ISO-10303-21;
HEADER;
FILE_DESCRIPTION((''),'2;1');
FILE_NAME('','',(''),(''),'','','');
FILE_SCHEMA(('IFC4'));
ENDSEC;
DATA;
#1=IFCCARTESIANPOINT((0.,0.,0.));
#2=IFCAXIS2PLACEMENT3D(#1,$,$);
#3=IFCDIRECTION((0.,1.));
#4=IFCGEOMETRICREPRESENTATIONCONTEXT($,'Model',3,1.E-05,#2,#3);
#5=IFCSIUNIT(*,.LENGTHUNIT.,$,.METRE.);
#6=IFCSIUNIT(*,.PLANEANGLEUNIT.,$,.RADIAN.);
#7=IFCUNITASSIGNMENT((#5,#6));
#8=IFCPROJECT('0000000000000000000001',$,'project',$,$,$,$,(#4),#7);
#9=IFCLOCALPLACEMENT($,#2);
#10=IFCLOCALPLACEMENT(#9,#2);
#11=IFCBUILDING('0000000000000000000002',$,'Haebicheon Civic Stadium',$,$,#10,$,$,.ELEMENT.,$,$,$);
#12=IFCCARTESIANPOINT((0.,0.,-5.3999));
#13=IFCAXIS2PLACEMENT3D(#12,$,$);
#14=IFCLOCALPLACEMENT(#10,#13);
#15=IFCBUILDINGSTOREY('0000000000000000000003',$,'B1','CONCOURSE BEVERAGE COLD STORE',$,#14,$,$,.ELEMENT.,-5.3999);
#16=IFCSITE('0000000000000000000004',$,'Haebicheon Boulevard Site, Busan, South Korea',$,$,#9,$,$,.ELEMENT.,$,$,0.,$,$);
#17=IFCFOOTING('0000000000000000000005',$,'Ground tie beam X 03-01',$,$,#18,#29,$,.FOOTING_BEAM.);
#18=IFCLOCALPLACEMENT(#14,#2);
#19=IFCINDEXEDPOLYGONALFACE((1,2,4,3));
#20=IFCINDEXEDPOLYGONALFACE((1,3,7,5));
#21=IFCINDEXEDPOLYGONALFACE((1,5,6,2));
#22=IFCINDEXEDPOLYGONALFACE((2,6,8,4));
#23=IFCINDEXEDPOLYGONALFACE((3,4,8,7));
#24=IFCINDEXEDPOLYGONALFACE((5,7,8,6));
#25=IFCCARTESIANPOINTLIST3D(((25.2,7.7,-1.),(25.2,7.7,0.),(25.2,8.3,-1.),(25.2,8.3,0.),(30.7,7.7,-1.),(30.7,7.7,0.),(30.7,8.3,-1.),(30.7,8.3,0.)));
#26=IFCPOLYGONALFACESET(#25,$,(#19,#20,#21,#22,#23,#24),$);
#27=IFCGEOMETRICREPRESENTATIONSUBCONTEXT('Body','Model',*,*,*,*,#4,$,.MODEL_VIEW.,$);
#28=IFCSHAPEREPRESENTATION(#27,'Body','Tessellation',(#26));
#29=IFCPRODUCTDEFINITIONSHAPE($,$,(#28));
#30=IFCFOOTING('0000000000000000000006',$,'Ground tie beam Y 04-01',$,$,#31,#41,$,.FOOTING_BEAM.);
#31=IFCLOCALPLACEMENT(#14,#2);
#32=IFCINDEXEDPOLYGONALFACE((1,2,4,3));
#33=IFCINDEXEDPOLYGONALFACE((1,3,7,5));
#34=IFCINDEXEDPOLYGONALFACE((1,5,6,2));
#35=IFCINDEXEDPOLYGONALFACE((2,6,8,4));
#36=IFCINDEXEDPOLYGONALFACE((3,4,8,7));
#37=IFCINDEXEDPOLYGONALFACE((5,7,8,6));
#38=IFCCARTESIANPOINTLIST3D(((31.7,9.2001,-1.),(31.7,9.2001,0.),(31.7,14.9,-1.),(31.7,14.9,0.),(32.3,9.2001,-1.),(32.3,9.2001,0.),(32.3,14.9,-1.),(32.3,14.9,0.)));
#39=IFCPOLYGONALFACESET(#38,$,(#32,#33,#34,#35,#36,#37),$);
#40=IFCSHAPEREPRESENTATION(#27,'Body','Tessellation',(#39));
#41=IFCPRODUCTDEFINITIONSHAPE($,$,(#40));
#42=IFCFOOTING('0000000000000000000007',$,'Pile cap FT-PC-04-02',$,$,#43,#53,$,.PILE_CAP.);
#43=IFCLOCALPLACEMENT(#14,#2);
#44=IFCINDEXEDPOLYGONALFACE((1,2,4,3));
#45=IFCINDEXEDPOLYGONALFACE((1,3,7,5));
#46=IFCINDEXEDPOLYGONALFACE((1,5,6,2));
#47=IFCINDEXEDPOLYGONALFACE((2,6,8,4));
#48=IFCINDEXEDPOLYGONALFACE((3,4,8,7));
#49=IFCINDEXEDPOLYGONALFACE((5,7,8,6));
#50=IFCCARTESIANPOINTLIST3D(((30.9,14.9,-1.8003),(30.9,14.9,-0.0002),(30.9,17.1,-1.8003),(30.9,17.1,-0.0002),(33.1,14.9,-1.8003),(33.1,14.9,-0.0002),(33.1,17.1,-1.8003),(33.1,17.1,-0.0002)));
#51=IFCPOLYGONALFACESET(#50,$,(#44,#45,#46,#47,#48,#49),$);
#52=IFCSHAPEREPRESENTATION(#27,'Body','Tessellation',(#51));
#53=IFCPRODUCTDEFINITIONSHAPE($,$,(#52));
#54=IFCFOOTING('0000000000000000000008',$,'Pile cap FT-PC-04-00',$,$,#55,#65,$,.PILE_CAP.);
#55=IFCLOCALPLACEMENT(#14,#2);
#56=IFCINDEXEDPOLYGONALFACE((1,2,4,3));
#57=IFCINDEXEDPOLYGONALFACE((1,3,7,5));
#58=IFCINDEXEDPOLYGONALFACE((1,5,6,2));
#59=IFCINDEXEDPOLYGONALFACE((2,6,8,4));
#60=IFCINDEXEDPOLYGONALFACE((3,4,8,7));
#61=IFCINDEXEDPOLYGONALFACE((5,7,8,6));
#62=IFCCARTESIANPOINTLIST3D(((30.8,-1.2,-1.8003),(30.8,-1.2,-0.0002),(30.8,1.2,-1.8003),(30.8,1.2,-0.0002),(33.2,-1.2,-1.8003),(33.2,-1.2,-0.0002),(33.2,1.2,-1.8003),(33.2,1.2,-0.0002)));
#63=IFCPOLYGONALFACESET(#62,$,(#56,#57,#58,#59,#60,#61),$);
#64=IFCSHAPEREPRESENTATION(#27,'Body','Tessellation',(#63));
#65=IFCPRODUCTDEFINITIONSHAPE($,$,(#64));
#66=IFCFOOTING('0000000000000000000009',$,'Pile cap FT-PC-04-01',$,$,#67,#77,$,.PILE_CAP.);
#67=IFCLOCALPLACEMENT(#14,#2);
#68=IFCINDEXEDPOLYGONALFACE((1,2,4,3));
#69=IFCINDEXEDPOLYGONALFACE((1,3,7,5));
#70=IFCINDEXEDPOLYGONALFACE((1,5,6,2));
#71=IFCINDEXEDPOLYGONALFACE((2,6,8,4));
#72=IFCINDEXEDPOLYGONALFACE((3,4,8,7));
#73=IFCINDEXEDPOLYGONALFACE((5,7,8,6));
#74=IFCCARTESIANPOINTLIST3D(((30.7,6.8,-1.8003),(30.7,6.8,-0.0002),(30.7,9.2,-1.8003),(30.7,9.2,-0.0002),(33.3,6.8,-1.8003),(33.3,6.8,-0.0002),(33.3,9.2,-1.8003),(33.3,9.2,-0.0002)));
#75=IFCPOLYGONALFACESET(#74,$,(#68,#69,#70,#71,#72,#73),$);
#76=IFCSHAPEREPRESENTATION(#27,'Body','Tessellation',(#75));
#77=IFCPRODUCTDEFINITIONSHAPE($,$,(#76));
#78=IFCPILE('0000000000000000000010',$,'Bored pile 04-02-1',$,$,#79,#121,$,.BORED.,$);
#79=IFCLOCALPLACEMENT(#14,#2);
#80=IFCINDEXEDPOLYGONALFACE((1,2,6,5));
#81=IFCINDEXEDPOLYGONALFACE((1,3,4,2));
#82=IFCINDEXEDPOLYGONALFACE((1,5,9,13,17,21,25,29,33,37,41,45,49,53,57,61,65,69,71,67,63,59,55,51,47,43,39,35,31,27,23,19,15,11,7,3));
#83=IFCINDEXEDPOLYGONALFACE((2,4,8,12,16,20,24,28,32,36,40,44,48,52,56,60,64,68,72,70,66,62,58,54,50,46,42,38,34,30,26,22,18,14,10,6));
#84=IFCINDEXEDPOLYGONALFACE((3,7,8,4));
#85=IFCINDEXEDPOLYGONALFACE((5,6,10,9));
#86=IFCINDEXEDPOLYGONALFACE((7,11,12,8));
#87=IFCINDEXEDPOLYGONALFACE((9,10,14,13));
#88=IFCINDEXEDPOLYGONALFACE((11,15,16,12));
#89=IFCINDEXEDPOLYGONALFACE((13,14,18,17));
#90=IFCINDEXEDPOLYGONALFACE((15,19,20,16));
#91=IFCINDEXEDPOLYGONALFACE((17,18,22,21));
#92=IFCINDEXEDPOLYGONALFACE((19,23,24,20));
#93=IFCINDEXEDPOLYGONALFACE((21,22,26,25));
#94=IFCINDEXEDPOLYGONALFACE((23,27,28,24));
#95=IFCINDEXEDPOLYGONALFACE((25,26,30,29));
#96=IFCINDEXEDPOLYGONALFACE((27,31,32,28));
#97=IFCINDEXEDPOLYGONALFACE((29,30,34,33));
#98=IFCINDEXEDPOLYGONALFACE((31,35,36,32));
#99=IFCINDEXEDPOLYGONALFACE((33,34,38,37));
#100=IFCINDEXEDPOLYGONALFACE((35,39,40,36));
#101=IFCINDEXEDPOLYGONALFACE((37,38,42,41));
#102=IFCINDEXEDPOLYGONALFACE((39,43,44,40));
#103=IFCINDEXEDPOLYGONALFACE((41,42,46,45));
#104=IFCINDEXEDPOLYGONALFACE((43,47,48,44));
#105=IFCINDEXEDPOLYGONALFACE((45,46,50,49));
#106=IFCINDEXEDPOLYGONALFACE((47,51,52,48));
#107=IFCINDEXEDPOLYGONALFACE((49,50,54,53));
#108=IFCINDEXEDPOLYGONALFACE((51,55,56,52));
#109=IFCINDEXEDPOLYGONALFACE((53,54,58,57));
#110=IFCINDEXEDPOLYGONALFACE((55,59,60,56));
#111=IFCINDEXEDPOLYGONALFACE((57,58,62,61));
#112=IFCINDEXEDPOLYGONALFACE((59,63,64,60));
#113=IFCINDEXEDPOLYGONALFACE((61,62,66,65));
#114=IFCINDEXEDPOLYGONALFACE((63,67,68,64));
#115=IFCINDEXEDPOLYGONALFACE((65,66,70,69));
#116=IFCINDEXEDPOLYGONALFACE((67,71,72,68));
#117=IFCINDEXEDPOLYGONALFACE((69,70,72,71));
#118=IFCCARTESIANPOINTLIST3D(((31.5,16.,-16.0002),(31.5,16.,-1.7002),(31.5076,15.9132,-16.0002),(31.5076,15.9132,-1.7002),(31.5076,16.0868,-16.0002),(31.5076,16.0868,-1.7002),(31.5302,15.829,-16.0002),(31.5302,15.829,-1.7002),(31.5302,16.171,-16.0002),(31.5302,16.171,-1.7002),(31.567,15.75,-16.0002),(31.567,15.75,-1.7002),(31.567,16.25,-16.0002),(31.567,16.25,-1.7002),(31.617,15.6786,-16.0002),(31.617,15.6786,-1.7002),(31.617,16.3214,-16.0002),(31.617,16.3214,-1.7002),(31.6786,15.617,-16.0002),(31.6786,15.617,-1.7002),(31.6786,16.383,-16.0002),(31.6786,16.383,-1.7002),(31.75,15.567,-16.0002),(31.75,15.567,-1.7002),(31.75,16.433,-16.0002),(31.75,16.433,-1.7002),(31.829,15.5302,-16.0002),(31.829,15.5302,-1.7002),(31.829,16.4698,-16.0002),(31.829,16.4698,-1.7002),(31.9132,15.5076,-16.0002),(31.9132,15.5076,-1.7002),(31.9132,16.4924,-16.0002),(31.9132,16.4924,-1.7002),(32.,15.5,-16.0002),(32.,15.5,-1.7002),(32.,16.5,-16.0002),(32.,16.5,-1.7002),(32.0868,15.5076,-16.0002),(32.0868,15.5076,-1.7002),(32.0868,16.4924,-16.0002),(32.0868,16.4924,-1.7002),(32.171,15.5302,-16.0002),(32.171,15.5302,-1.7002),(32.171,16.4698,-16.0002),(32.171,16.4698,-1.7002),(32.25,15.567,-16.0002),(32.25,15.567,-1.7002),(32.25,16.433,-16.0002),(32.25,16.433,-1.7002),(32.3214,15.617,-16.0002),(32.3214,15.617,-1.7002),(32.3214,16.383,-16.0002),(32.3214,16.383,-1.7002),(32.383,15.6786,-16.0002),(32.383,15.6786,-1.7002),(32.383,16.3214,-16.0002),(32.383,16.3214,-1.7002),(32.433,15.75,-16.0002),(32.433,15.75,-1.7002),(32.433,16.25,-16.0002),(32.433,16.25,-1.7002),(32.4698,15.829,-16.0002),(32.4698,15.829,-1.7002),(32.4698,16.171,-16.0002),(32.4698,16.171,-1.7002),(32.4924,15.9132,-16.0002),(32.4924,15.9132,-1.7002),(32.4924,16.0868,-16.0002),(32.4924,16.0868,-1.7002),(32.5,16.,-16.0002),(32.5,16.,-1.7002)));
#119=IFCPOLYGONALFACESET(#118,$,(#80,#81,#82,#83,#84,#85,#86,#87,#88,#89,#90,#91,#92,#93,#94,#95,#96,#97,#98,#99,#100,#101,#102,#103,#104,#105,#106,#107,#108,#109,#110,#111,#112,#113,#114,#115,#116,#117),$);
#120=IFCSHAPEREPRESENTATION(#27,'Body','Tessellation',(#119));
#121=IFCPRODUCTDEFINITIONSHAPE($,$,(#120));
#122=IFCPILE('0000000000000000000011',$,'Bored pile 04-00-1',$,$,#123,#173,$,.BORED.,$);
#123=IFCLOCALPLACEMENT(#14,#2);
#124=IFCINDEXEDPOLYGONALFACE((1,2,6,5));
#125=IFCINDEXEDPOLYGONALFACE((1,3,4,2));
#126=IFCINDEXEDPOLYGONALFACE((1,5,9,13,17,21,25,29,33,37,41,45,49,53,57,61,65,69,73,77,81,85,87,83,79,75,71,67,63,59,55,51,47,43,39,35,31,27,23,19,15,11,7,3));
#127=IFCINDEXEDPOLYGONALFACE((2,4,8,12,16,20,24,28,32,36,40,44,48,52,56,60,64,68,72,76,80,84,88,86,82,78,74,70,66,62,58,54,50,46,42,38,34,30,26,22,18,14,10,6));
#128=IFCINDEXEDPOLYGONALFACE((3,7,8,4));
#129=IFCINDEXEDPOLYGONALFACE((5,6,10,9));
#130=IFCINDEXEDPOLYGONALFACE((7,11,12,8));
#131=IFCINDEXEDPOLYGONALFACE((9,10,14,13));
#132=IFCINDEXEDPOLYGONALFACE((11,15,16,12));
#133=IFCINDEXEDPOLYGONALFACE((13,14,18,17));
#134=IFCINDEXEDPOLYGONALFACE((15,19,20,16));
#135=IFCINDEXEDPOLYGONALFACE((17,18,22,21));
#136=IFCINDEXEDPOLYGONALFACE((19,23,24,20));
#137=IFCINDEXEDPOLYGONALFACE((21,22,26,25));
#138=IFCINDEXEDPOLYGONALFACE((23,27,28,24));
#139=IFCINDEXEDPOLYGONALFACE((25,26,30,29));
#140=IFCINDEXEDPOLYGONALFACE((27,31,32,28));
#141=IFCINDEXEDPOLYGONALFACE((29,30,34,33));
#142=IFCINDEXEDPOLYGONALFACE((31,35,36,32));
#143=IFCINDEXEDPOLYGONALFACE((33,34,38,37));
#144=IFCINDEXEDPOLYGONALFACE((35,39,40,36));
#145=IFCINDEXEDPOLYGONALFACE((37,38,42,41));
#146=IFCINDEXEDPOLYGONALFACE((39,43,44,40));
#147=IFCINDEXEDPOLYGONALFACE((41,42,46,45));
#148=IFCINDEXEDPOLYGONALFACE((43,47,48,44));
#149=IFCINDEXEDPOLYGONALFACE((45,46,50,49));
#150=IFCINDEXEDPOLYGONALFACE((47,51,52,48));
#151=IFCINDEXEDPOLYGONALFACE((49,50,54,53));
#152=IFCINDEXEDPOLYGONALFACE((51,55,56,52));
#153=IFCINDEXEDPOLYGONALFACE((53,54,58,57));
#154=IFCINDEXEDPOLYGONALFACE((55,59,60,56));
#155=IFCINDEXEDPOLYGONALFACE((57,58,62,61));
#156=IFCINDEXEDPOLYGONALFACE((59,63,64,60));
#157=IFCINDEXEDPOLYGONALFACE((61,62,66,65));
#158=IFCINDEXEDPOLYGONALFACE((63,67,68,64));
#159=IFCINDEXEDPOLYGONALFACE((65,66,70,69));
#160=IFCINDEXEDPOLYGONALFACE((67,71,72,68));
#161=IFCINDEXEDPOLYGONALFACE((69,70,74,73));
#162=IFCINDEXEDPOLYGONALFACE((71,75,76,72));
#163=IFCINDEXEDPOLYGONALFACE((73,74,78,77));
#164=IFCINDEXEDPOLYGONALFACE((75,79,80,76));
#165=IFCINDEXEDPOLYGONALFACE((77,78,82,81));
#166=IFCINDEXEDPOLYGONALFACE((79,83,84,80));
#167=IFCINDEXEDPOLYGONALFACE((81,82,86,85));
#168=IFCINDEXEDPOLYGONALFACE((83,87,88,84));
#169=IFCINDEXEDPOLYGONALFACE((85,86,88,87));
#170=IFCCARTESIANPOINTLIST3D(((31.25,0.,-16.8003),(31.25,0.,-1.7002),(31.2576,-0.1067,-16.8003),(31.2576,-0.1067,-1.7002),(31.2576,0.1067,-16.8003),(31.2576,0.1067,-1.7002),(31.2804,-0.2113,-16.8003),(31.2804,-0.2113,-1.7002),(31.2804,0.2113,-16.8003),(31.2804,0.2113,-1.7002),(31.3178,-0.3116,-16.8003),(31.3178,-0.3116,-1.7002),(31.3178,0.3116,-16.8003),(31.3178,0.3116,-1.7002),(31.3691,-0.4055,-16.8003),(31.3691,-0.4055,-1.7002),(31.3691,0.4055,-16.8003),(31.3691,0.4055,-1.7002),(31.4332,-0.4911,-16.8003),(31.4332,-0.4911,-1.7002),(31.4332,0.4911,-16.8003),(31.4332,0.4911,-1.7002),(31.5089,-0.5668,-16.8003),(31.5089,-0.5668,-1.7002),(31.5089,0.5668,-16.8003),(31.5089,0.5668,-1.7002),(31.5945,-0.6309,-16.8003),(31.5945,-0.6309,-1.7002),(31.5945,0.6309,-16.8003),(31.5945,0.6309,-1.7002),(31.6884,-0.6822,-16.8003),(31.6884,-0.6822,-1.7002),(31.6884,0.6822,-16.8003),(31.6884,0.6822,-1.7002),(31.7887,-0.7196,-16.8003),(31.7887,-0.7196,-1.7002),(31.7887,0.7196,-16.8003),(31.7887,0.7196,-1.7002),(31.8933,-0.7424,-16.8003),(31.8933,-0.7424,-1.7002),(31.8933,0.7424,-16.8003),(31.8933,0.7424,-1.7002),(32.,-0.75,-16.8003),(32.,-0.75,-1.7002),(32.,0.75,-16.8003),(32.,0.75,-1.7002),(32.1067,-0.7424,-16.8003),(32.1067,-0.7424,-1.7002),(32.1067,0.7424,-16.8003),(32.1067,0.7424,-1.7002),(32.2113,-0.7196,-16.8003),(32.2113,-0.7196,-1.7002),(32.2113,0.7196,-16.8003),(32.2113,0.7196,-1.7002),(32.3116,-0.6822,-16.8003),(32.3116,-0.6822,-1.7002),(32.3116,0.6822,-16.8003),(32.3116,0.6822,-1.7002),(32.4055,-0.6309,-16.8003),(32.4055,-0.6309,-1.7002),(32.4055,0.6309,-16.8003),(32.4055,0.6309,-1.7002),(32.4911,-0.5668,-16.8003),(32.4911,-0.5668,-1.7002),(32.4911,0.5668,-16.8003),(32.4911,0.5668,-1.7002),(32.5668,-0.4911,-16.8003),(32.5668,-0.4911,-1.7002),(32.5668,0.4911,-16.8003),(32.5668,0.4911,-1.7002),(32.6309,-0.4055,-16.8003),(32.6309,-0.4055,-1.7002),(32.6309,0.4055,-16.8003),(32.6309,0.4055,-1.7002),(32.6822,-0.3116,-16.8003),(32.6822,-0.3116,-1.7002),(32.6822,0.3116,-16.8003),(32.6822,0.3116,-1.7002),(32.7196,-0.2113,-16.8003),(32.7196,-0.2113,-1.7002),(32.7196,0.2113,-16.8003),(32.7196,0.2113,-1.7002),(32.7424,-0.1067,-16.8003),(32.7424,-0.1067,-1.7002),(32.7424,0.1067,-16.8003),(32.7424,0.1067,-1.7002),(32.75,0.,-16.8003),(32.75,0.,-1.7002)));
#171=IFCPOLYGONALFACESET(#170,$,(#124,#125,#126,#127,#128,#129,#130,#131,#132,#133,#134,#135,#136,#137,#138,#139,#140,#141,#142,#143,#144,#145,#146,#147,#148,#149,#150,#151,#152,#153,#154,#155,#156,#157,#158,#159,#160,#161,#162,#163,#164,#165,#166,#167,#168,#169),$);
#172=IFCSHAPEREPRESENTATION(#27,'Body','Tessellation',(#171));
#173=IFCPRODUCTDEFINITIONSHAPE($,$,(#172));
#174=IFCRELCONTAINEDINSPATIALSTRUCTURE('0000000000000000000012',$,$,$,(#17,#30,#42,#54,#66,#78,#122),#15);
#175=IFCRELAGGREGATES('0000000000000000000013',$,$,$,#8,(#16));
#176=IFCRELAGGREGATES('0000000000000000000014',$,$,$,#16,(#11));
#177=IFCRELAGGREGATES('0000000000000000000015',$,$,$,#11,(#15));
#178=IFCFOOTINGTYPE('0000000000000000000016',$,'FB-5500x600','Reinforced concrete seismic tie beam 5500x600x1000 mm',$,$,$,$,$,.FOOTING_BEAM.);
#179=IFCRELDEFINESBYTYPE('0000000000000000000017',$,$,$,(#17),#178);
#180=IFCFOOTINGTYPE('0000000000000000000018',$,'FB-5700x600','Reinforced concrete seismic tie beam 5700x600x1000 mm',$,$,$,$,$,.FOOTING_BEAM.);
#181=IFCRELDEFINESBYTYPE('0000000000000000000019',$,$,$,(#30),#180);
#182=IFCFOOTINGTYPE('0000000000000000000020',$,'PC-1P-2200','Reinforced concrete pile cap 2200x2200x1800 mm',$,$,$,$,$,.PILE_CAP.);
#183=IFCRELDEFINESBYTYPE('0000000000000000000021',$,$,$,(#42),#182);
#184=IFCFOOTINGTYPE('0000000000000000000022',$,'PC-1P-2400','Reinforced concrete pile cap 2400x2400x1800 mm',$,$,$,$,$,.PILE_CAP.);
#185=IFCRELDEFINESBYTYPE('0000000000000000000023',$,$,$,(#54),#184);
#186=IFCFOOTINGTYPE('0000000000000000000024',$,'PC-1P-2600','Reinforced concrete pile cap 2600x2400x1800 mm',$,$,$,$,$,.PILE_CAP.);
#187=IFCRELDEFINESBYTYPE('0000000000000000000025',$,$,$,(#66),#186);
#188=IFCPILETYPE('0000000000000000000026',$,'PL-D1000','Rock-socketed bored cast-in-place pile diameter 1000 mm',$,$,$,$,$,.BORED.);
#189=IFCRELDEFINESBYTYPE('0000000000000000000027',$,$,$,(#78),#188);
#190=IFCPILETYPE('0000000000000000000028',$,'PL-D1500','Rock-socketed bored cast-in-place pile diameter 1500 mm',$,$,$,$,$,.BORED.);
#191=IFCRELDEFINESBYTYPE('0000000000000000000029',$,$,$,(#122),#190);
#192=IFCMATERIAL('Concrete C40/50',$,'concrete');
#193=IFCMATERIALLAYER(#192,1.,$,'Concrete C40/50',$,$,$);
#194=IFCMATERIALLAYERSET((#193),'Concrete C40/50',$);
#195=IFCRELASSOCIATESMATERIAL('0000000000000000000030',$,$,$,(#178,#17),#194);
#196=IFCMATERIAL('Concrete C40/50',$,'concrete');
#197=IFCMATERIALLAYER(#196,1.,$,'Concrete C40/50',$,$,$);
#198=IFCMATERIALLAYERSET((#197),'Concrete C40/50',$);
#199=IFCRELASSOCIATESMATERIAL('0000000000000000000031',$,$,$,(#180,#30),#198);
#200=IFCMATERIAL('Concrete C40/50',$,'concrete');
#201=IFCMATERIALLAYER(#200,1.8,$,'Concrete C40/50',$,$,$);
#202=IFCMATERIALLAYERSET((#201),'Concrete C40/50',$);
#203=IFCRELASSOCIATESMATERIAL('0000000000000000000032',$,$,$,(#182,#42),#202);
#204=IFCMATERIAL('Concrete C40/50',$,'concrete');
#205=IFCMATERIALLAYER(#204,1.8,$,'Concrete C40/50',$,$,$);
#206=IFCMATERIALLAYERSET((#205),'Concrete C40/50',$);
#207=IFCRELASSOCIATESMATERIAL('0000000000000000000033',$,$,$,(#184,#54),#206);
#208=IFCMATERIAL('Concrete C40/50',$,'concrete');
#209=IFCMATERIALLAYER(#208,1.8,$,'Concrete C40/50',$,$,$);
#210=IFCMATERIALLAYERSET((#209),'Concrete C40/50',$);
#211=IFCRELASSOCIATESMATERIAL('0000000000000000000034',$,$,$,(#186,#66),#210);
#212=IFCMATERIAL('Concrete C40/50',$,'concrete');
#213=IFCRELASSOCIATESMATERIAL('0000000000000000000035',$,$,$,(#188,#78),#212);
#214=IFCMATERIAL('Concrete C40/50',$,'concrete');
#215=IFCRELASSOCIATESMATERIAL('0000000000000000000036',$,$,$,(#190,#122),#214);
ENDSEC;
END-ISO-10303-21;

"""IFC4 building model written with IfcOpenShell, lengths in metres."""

from ifc_helpers import new_model, si_unit, direction, frame, origin, origin_2d, place, context, subcontext, project, spatial, rectangle, circle, extrude, material, layer, layer_set, material_profile, profile_set, type_object, element, save


model = new_model("IFC4")

# Units and contexts
model_context = context("Model", 3, precision=1e-05, world=origin(), true_north=direction((0.0, 1.0)))
body_context = subcontext(model_context, "Body", "Model", "MODEL_VIEW")
ifc_project = project(units=[si_unit("LENGTHUNIT", "METRE"), si_unit("PLANEANGLEUNIT", "RADIAN")], contexts=[model_context])

# Site, building, storey
site_placement = place(None, origin())
site = spatial("IfcSite", under=ifc_project, at=site_placement, Name="Haebicheon Boulevard Site, Busan, South Korea", CompositionType="ELEMENT", RefElevation=0.0)
building_placement = place(site_placement, origin())
building = spatial("IfcBuilding", under=site, at=building_placement, Name="Haebicheon Civic Stadium", CompositionType="ELEMENT")
storey_placement = place(building_placement, frame((0.0, 0.0, -5.3999)))
storey = spatial("IfcBuildingStorey", under=building, at=storey_placement, Name="B1", Description="CONCOURSE BEVERAGE COLD STORE", CompositionType="ELEMENT", Elevation=-5.3999)

# Footings
ifc_material_1 = material(Name="Concrete C40/50", Category="concrete")
ifc_layer_1 = layer(ifc_material_1, 1.0, Name="Concrete C40/50")
ifc_layer_set_1 = layer_set([ifc_layer_1], Name="Concrete C40/50")
footing_type_1 = type_object("IfcFootingType", Name="FB-5500x600", Description="Reinforced concrete seismic tie beam 5500x600x1000 mm", PredefinedType="FOOTING_BEAM", material=ifc_layer_set_1)
footing_1_placement = place(storey_placement, frame((27.95, 8.0, -1.0), z_axis=(0.0, 0.0, 1.0), x_axis=(1.0, 0.0, 0.0)))
element("IfcFooting", 1, at=footing_1_placement, inside=storey, type_object=footing_type_1, material=ifc_layer_set_1, Name="Ground tie beam X 03-01", PredefinedType="FOOTING_BEAM", context=body_context, shape_type="SweptSolid", body=[
    extrude(rectangle(XDim=5.5, YDim=0.6001, at=origin_2d()), origin(), (0.0, 0.0, 1.0), 1.0),
])
ifc_material_2 = material(Name="Concrete C40/50", Category="concrete")
ifc_layer_2 = layer(ifc_material_2, 1.0, Name="Concrete C40/50")
ifc_layer_set_2 = layer_set([ifc_layer_2], Name="Concrete C40/50")
footing_type_2 = type_object("IfcFootingType", Name="FB-5700x600", Description="Reinforced concrete seismic tie beam 5700x600x1000 mm", PredefinedType="FOOTING_BEAM", material=ifc_layer_set_2)
footing_2_placement = place(storey_placement, frame((32.0, 12.05, -1.0), z_axis=(0.0, 0.0, 1.0), x_axis=(0.0, 1.0, 0.0)))
element("IfcFooting", 2, at=footing_2_placement, inside=storey, type_object=footing_type_2, material=ifc_layer_set_2, Name="Ground tie beam Y 04-01", PredefinedType="FOOTING_BEAM", context=body_context, shape_type="SweptSolid", body=[
    extrude(rectangle(XDim=5.7, YDim=0.6001, at=origin_2d()), origin(), (0.0, 0.0, 1.0), 1.0),
])
ifc_material_3 = material(Name="Concrete C40/50", Category="concrete")
ifc_layer_3 = layer(ifc_material_3, 1.8, Name="Concrete C40/50")
ifc_layer_set_3 = layer_set([ifc_layer_3], Name="Concrete C40/50")
footing_type_3 = type_object("IfcFootingType", Name="PC-1P-2200", Description="Reinforced concrete pile cap 2200x2200x1800 mm", PredefinedType="PILE_CAP", material=ifc_layer_set_3)
footing_3_placement = place(storey_placement, frame((32.0, 16.0, -1.8003), z_axis=(0.0, 0.0, 1.0), x_axis=(1.0, 0.0, 0.0)))
element("IfcFooting", 3, at=footing_3_placement, inside=storey, type_object=footing_type_3, material=ifc_layer_set_3, Name="Pile cap FT-PC-04-02", PredefinedType="PILE_CAP", context=body_context, shape_type="SweptSolid", body=[
    extrude(rectangle(XDim=2.2, YDim=2.2, at=origin_2d()), origin(), (0.0, 0.0, 1.0), 1.8),
])
ifc_material_4 = material(Name="Concrete C40/50", Category="concrete")
ifc_layer_4 = layer(ifc_material_4, 1.8, Name="Concrete C40/50")
ifc_layer_set_4 = layer_set([ifc_layer_4], Name="Concrete C40/50")
footing_type_4 = type_object("IfcFootingType", Name="PC-1P-2400", Description="Reinforced concrete pile cap 2400x2400x1800 mm", PredefinedType="PILE_CAP", material=ifc_layer_set_4)
footing_4_placement = place(storey_placement, frame((32.0, 0.0, -1.8003), z_axis=(0.0, 0.0, 1.0), x_axis=(1.0, 0.0, 0.0)))
element("IfcFooting", 4, at=footing_4_placement, inside=storey, type_object=footing_type_4, material=ifc_layer_set_4, Name="Pile cap FT-PC-04-00", PredefinedType="PILE_CAP", context=body_context, shape_type="SweptSolid", body=[
    extrude(rectangle(XDim=2.3999, YDim=2.3999, at=origin_2d()), origin(), (0.0, 0.0, 1.0), 1.8),
])
ifc_material_5 = material(Name="Concrete C40/50", Category="concrete")
ifc_layer_5 = layer(ifc_material_5, 1.8, Name="Concrete C40/50")
ifc_layer_set_5 = layer_set([ifc_layer_5], Name="Concrete C40/50")
footing_type_5 = type_object("IfcFootingType", Name="PC-1P-2600", Description="Reinforced concrete pile cap 2600x2400x1800 mm", PredefinedType="PILE_CAP", material=ifc_layer_set_5)
footing_5_placement = place(storey_placement, frame((32.0, 8.0, -1.8003), z_axis=(0.0, 0.0, 1.0), x_axis=(1.0, 0.0, 0.0)))
element("IfcFooting", 5, at=footing_5_placement, inside=storey, type_object=footing_type_5, material=ifc_layer_set_5, Name="Pile cap FT-PC-04-01", PredefinedType="PILE_CAP", context=body_context, shape_type="SweptSolid", body=[
    extrude(rectangle(XDim=2.6001, YDim=2.3999, at=origin_2d()), origin(), (0.0, 0.0, 1.0), 1.8),
])

# Piles
ifc_material_6 = material(Name="Concrete C40/50", Category="concrete")
ifc_material_profile_1 = material_profile(ifc_material_6, circle(Radius=0.5, at=origin_2d()), Name="PILE-D1000")
ifc_profile_set_1 = profile_set([ifc_material_profile_1], Name="Concrete C40/50")
pile_type_1 = type_object("IfcPileType", Name="PL-D1000", Description="Rock-socketed bored cast-in-place pile diameter 1000 mm", PredefinedType="BORED", material=ifc_profile_set_1)
pile_1_placement = place(storey_placement, frame((32.0, 16.0, -1.7002), z_axis=(0.0, 0.0, -1.0), x_axis=(1.0, 0.0, 0.0)))
element("IfcPile", 6, at=pile_1_placement, inside=storey, type_object=pile_type_1, material=ifc_profile_set_1, Name="Bored pile 04-02-1", PredefinedType="BORED", context=body_context, shape_type="SweptSolid", body=[
    extrude(circle(Radius=0.5, at=origin_2d()), origin(), (0.0, 0.0, 1.0), 14.3),
])
ifc_material_7 = material(Name="Concrete C40/50", Category="concrete")
ifc_material_profile_2 = material_profile(ifc_material_7, circle(Radius=0.75, at=origin_2d()), Name="PILE-D1500")
ifc_profile_set_2 = profile_set([ifc_material_profile_2], Name="Concrete C40/50")
pile_type_2 = type_object("IfcPileType", Name="PL-D1500", Description="Rock-socketed bored cast-in-place pile diameter 1500 mm", PredefinedType="BORED", material=ifc_profile_set_2)
pile_2_placement = place(storey_placement, frame((32.0, 0.0, -1.7002), z_axis=(0.0, 0.0, -1.0), x_axis=(1.0, 0.0, 0.0)))
element("IfcPile", 7, at=pile_2_placement, inside=storey, type_object=pile_type_2, material=ifc_profile_set_2, Name="Bored pile 04-00-1", PredefinedType="BORED", context=body_context, shape_type="SweptSolid", body=[
    extrude(circle(Radius=0.75, at=origin_2d()), origin(), (0.0, 0.0, 1.0), 15.1001),
])

save(model, "model.ifc")
